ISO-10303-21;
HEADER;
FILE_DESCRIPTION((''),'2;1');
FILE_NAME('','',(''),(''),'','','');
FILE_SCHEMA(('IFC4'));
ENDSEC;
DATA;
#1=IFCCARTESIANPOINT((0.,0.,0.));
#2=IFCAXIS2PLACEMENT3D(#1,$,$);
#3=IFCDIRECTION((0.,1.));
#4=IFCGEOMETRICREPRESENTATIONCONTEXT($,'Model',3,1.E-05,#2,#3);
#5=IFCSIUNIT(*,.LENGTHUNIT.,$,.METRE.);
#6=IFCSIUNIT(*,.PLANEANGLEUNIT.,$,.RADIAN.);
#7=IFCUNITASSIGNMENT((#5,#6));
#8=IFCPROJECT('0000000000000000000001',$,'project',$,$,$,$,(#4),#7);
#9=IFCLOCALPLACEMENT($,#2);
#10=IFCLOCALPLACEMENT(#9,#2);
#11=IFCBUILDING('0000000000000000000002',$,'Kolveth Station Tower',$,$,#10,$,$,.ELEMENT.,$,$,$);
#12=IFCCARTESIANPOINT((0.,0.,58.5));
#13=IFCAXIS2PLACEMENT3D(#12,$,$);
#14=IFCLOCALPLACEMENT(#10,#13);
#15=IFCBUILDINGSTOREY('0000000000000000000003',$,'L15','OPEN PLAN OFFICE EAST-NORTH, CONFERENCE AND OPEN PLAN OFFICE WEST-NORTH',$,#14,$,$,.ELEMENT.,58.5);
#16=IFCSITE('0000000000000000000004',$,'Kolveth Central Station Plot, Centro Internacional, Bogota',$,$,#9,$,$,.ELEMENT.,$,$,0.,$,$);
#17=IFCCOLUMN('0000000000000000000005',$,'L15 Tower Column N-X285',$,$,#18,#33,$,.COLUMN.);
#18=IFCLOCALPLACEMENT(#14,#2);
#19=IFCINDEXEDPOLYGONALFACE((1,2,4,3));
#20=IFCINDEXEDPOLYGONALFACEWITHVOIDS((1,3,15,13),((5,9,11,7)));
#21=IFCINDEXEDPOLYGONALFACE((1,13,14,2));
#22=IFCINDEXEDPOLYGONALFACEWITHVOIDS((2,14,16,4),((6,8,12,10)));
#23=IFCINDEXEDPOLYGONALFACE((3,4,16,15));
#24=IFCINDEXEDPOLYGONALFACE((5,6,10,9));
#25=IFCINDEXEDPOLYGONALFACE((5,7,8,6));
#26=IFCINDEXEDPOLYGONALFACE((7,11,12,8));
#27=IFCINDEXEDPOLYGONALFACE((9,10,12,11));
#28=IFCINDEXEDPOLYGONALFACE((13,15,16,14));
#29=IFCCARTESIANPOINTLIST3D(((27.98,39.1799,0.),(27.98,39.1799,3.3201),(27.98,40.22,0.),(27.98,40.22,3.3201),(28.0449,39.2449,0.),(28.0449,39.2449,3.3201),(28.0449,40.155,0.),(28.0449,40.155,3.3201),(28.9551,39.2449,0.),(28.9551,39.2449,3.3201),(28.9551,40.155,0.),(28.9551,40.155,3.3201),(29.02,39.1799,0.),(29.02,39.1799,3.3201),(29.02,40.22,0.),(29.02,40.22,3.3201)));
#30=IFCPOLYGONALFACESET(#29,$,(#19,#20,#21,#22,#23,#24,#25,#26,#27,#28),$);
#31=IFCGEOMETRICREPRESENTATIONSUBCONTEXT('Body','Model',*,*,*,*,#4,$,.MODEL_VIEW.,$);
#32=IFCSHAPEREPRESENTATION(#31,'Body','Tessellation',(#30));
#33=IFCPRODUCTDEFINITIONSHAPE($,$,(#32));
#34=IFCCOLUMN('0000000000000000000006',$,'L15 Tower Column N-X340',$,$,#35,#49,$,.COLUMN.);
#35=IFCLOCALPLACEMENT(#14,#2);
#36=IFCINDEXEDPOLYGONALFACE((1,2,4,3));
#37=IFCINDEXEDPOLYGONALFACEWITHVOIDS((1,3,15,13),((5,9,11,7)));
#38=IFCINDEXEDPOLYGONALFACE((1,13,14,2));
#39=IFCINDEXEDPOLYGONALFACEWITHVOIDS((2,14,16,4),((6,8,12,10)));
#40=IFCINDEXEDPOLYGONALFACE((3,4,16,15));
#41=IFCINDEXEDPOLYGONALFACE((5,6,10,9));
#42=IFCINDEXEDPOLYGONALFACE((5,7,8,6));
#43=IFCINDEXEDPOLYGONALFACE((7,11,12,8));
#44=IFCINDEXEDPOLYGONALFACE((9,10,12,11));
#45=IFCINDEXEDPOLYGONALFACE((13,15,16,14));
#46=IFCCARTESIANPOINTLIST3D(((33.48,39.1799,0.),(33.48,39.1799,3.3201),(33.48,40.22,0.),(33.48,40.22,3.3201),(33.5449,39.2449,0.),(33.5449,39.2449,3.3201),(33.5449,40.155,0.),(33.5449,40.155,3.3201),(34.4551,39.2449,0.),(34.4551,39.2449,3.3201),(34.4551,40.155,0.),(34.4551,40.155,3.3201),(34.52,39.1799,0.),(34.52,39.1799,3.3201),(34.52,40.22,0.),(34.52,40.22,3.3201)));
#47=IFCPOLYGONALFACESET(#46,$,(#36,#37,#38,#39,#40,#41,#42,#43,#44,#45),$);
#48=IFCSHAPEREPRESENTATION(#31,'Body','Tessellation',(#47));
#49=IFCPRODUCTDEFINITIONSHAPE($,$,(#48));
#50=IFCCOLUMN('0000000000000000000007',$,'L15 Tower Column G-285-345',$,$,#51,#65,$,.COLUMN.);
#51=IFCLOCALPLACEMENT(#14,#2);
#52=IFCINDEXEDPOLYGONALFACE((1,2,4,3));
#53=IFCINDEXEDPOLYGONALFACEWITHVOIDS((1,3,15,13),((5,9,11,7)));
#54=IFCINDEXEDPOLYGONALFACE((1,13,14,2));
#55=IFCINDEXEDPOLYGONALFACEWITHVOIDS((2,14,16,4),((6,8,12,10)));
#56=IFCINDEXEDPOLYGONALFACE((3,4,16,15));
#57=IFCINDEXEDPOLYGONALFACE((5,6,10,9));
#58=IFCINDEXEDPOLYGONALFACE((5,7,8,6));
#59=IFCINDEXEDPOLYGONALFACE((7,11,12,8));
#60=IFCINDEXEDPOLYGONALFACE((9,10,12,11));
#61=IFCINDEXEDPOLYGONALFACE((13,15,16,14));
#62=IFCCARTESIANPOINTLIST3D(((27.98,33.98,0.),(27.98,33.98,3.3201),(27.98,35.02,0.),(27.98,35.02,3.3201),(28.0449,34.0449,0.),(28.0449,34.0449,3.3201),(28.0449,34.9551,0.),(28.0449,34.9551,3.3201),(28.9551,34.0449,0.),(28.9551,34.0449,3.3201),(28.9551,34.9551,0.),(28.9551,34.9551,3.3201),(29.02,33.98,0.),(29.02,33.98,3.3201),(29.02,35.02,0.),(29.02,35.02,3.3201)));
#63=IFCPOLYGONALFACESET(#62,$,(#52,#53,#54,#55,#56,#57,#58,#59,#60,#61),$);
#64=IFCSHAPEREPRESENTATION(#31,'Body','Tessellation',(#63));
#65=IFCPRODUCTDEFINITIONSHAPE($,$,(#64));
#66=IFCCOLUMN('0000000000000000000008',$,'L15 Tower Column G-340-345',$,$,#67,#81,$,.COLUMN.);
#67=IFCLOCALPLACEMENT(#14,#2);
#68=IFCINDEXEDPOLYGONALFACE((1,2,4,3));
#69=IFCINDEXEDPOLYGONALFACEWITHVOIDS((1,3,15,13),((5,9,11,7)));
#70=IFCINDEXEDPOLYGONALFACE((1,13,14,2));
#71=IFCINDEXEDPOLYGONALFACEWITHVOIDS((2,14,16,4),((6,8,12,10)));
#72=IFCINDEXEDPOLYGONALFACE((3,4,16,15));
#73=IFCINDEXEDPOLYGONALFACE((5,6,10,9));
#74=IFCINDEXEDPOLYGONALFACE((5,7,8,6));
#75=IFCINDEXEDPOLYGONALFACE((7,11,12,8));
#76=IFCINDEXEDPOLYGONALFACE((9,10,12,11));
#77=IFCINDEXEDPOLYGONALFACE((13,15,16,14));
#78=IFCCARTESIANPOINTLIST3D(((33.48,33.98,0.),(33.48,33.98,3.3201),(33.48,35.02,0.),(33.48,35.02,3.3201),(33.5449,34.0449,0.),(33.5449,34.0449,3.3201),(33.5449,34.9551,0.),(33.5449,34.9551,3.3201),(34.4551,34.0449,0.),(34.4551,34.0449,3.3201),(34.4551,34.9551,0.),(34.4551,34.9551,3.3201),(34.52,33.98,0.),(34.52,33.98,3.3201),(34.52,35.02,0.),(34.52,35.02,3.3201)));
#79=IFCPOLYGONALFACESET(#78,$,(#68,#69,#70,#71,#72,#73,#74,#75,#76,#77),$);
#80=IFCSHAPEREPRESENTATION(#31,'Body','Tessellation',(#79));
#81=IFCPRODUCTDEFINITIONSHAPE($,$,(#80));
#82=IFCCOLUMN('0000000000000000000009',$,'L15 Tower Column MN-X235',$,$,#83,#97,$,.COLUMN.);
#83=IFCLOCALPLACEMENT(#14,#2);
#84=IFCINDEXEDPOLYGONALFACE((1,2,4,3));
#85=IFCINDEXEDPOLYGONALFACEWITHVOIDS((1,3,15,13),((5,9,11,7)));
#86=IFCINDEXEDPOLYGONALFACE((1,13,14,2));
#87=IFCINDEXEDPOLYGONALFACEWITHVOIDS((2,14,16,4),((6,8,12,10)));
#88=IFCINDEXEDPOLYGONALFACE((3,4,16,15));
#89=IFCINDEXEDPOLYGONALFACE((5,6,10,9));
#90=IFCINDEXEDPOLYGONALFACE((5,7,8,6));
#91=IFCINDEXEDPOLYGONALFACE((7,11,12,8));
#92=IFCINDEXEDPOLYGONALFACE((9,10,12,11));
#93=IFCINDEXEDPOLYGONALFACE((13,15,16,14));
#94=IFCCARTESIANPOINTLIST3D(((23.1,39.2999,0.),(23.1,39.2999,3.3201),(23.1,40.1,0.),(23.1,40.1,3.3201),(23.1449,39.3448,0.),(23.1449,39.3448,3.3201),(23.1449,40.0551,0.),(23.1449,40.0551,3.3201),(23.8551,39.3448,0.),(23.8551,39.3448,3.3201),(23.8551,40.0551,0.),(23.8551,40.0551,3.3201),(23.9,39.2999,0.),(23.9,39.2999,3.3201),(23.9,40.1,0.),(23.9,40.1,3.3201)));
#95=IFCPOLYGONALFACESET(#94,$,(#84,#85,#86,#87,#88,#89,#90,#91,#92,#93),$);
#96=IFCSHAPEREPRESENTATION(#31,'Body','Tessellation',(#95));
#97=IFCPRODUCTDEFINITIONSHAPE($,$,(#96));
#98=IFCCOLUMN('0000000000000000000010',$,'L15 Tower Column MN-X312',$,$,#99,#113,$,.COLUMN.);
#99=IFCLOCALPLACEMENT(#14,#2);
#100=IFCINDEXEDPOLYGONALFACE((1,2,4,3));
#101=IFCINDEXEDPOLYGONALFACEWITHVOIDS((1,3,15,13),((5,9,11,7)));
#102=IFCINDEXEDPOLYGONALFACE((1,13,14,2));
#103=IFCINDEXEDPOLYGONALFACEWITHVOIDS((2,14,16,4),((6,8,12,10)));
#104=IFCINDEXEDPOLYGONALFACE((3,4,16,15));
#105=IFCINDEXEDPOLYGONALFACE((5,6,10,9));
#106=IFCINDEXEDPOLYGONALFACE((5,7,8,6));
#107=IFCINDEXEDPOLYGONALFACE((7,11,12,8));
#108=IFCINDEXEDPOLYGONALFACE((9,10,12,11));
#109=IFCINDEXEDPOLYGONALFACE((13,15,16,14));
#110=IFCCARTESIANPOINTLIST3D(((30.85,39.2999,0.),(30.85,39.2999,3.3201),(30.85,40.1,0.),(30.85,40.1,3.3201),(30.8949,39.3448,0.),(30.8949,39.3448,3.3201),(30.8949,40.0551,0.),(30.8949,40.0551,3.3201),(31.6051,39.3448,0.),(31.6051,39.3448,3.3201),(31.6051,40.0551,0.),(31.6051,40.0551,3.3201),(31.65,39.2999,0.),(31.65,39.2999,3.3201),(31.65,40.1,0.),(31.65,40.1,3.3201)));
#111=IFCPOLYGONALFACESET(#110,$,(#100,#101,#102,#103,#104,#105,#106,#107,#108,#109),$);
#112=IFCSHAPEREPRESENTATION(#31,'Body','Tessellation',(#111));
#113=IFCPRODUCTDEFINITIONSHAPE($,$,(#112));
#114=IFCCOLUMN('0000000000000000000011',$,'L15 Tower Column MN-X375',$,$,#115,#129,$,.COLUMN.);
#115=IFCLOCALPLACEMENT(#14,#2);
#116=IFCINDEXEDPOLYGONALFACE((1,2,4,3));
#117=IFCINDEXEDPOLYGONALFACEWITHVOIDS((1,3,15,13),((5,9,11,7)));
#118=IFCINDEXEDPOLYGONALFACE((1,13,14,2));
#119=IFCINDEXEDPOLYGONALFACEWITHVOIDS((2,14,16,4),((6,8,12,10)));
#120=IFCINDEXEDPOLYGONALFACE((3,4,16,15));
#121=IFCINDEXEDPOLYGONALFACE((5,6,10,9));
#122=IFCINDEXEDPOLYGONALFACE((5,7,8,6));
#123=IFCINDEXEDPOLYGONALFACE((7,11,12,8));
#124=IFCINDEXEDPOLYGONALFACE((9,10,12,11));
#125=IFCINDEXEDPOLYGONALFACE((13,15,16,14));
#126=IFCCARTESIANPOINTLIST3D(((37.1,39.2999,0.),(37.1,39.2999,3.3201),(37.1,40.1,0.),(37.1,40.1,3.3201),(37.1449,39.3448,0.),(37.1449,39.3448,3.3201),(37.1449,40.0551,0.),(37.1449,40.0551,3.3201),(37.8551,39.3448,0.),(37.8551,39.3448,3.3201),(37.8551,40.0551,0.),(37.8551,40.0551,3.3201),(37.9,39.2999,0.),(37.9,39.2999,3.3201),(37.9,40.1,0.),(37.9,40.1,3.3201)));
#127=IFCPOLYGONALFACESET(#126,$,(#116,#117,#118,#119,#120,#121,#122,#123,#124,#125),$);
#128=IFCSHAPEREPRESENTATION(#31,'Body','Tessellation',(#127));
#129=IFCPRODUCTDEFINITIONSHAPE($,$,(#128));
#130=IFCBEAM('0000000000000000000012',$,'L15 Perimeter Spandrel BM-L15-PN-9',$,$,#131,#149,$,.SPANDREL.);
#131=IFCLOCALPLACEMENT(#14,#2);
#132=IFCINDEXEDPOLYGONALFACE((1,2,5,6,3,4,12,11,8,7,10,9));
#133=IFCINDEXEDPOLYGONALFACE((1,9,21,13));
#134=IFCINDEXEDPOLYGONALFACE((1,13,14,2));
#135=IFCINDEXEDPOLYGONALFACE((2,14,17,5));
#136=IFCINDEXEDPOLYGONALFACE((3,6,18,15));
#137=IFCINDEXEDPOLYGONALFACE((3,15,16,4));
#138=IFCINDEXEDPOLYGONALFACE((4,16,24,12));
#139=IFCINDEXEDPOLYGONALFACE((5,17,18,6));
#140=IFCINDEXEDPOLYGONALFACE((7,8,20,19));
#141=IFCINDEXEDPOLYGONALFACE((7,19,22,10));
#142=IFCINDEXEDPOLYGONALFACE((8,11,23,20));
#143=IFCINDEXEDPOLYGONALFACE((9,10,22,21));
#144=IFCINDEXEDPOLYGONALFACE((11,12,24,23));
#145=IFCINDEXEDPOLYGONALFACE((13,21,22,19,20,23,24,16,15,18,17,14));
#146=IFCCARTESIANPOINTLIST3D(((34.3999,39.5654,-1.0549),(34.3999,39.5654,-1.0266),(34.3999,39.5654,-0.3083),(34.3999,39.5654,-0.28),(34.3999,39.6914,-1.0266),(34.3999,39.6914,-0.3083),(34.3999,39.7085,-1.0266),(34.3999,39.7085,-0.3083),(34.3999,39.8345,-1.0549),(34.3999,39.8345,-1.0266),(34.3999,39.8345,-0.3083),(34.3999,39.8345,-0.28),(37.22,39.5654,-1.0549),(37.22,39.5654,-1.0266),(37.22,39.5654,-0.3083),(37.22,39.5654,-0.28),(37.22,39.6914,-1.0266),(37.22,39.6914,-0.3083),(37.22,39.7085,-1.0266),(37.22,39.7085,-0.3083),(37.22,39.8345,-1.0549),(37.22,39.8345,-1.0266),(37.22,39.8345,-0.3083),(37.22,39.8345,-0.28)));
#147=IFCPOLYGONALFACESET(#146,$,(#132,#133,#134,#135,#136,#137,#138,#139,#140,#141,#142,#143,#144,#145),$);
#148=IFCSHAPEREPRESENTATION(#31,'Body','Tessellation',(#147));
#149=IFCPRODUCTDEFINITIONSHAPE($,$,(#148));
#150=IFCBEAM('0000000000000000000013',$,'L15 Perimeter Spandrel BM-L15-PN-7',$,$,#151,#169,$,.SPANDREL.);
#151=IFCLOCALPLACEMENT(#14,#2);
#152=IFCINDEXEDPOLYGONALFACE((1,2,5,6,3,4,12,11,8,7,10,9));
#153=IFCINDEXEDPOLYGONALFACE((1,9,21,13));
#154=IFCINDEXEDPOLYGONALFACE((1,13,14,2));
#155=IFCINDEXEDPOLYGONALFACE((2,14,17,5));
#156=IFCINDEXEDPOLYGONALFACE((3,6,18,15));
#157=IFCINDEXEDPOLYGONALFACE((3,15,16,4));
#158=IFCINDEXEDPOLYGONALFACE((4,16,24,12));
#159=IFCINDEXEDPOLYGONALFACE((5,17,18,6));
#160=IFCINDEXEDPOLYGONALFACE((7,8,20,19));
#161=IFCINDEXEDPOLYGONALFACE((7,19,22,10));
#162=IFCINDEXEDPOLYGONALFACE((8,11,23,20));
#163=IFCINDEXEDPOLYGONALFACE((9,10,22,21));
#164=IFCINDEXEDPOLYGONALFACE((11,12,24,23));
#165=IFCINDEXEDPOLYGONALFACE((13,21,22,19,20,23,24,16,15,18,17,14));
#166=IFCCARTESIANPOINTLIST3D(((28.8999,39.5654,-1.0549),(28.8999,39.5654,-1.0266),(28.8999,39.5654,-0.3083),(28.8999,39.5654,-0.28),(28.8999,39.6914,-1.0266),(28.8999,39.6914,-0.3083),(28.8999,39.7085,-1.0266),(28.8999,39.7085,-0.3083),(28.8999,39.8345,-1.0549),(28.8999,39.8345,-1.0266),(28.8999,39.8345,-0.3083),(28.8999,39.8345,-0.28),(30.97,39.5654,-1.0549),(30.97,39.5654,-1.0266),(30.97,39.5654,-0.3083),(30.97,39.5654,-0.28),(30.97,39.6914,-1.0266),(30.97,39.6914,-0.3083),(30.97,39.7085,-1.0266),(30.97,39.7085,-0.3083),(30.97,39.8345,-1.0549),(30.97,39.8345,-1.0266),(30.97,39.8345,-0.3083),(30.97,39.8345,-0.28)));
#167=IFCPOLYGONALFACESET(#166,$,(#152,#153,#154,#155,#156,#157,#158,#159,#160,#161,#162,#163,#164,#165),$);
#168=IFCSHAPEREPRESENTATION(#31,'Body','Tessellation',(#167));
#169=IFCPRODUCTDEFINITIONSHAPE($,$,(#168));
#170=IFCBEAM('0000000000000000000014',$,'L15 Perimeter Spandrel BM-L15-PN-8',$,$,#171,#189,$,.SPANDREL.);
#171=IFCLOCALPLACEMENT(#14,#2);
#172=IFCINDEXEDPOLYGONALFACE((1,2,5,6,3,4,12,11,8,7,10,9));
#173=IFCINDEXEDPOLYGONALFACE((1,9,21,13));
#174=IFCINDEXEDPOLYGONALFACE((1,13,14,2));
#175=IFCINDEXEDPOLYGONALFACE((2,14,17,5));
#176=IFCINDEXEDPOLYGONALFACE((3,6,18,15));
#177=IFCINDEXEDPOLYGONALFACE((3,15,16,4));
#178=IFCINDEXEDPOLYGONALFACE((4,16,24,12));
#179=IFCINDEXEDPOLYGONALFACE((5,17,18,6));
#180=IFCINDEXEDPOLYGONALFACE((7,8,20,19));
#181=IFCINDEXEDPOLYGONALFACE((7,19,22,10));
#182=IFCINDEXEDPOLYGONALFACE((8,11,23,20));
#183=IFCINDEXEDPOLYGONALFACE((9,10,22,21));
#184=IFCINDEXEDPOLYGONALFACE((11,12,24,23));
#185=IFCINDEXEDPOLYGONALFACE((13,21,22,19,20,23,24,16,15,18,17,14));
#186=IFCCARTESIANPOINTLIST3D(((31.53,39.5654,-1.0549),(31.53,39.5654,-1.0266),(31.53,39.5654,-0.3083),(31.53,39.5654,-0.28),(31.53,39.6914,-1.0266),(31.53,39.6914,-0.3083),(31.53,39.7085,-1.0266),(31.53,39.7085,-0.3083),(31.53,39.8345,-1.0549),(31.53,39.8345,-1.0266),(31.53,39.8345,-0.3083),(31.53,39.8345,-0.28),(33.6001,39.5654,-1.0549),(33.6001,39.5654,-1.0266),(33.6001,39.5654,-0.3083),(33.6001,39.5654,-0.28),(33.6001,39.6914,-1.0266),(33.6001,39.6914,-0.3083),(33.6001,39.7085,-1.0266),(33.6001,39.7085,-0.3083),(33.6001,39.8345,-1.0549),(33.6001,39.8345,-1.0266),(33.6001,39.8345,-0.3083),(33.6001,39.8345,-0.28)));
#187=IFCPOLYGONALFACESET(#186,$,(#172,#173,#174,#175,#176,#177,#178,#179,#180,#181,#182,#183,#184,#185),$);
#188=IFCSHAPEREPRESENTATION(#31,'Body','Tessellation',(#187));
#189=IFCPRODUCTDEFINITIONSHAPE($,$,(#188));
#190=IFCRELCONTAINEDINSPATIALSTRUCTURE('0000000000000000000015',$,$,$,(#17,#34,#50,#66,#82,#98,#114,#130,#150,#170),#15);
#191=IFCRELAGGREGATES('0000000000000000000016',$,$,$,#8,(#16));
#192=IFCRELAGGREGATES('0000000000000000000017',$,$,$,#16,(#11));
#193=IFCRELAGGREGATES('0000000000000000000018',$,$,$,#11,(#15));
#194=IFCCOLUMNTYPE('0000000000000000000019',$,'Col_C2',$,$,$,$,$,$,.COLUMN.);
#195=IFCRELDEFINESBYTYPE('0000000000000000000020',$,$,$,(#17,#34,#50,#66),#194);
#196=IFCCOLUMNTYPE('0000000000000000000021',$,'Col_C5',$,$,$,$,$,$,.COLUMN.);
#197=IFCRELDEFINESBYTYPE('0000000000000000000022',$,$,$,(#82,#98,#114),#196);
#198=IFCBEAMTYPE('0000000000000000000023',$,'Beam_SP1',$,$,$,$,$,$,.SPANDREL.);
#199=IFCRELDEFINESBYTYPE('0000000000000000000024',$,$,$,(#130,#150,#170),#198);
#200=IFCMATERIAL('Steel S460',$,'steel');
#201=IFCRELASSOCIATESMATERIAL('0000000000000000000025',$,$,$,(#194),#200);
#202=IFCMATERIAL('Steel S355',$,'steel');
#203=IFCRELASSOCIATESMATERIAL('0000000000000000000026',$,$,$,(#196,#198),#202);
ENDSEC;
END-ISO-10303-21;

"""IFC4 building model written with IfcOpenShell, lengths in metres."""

from ifc_helpers import new_model, si_unit, direction, frame, origin, origin_2d, place, context, subcontext, project, spatial, hollow_rectangle, i_section, extrude, source, transform, mapped, material, material_profile, profile_set, type_object, element, save


model = new_model("IFC4")

# Units and contexts
model_context = context("Model", 3, precision=1e-05, world=origin(), true_north=direction((0.0, 1.0)))
body_context = subcontext(model_context, "Body", "Model", "MODEL_VIEW")
ifc_project = project(units=[si_unit("LENGTHUNIT", "METRE"), si_unit("PLANEANGLEUNIT", "RADIAN")], contexts=[model_context])

# Site, building, storey
site_placement = place(None, origin())
site = spatial("IfcSite", under=ifc_project, at=site_placement, Name="Kolveth Central Station Plot, Centro Internacional, Bogota", CompositionType="ELEMENT", RefElevation=0.0)
building_placement = place(site_placement, origin())
building = spatial("IfcBuilding", under=site, at=building_placement, Name="Kolveth Station Tower", CompositionType="ELEMENT")
storey_placement = place(building_placement, frame((0.0, 0.0, 58.5)))
storey = spatial("IfcBuildingStorey", under=building, at=storey_placement, Name="L15", Description="OPEN PLAN OFFICE EAST-NORTH, CONFERENCE AND OPEN PLAN OFFICE WEST-NORTH", CompositionType="ELEMENT", Elevation=58.5)

# Columns
ifc_material_1 = material(Name="Steel S460", Category="steel")
ifc_material_profile_1 = material_profile(ifc_material_1, hollow_rectangle(XDim=1.04, YDim=1.04, WallThickness=0.0649, at=origin_2d()), Name="BOX1040x1040x65")
ifc_profile_set_1 = profile_set([ifc_material_profile_1], Name="Steel S460")
column_type_1 = type_object("IfcColumnType", Name="Col_C2", PredefinedType="COLUMN", material=ifc_profile_set_1)
shared_shape_1 = source(origin(), body_context, "Body", "SweptSolid", [
    extrude(hollow_rectangle(XDim=1.04, YDim=1.04, WallThickness=0.0649, at=origin_2d()), origin(), (0.0, 0.0, 1.0), 3.3201),
])
for number, where, z_axis, x_axis, name in (
    (1, (28.5, 39.7, 0.0), (0.0, 0.0, 1.0), (1.0, 0.0, 0.0), "L15 Tower Column N-X285"),
    (2, (34.0, 39.7, 0.0), (0.0, 0.0, 1.0), (1.0, 0.0, 0.0), "L15 Tower Column N-X340"),
    (3, (28.5, 34.5, 0.0), (0.0, 0.0, 1.0), (1.0, 0.0, 0.0), "L15 Tower Column G-285-345"),
    (4, (34.0, 34.5, 0.0), (0.0, 0.0, 1.0), (1.0, 0.0, 0.0), "L15 Tower Column G-340-345"),
):
    element("IfcColumn", number, at=place(storey_placement, frame(where, z_axis=z_axis, x_axis=x_axis)), inside=storey, type_object=column_type_1, Name=name, PredefinedType="COLUMN", context=body_context, shape_type="MappedRepresentation", body=[
        mapped(shared_shape_1, transform((0.0, 0.0, 0.0), x_axis=(1.0, 0.0, 0.0), y_axis=(0.0, 1.0, 0.0), z_axis=(0.0, 0.0, 1.0), scale=1.0)),
    ])
ifc_material_2 = material(Name="Steel S355", Category="steel")
ifc_material_profile_2 = material_profile(ifc_material_2, hollow_rectangle(XDim=0.8, YDim=0.8, WallThickness=0.0449, at=origin_2d()), Name="BOX800x800x45")
ifc_profile_set_2 = profile_set([ifc_material_profile_2], Name="Steel S355")
column_type_2 = type_object("IfcColumnType", Name="Col_C5", PredefinedType="COLUMN", material=ifc_profile_set_2)
shared_shape_2 = source(origin(), body_context, "Body", "SweptSolid", [
    extrude(hollow_rectangle(XDim=0.8, YDim=0.8, WallThickness=0.0449, at=origin_2d()), origin(), (0.0, 0.0, 1.0), 3.3201),
])
for number, where, z_axis, x_axis, name in (
    (5, (23.5, 39.7, 0.0), (0.0, 0.0, 1.0), (1.0, 0.0, 0.0), "L15 Tower Column MN-X235"),
    (6, (31.25, 39.7, 0.0), (0.0, 0.0, 1.0), (1.0, 0.0, 0.0), "L15 Tower Column MN-X312"),
    (7, (37.5, 39.7, 0.0), (0.0, 0.0, 1.0), (1.0, 0.0, 0.0), "L15 Tower Column MN-X375"),
):
    element("IfcColumn", number, at=place(storey_placement, frame(where, z_axis=z_axis, x_axis=x_axis)), inside=storey, type_object=column_type_2, Name=name, PredefinedType="COLUMN", context=body_context, shape_type="MappedRepresentation", body=[
        mapped(shared_shape_2, transform((0.0, 0.0, 0.0), x_axis=(1.0, 0.0, 0.0), y_axis=(0.0, 1.0, 0.0), z_axis=(0.0, 0.0, 1.0), scale=1.0)),
    ])

# Beams
ifc_material_profile_3 = material_profile(ifc_material_2, i_section(OverallWidth=0.269, OverallDepth=0.7749, WebThickness=0.0171, FlangeThickness=0.0283, at=origin_2d()), Name="W760x220")
ifc_profile_set_3 = profile_set([ifc_material_profile_3], Name="Steel S355")
beam_type_1 = type_object("IfcBeamType", Name="Beam_SP1", PredefinedType="SPANDREL", material=ifc_profile_set_3)
shared_shape_3 = source(origin(), body_context, "Body", "SweptSolid", [
    extrude(i_section(OverallWidth=0.269, OverallDepth=0.7749, WebThickness=0.0171, FlangeThickness=0.0283, at=origin_2d()), origin(), (0.0, 0.0, 1.0), 2.8201),
])
beam_1_placement = place(storey_placement, frame((34.3999, 39.7, -0.6675), z_axis=(1.0, 0.0, 0.0), x_axis=(0.0, 1.0, 0.0)))
element("IfcBeam", 8, at=beam_1_placement, inside=storey, type_object=beam_type_1, Name="L15 Perimeter Spandrel BM-L15-PN-9", PredefinedType="SPANDREL", context=body_context, shape_type="MappedRepresentation", body=[
    mapped(shared_shape_3, transform((0.0, 0.0, 0.0), x_axis=(1.0, 0.0, 0.0), y_axis=(0.0, 1.0, 0.0), z_axis=(0.0, 0.0, 1.0), scale=1.0)),
])
shared_shape_4 = source(origin(), body_context, "Body", "SweptSolid", [
    extrude(i_section(OverallWidth=0.269, OverallDepth=0.7749, WebThickness=0.0171, FlangeThickness=0.0283, at=origin_2d()), origin(), (0.0, 0.0, 1.0), 2.0701),
])
for number, where, z_axis, x_axis, name in (
    (9, (28.8999, 39.7, -0.6675), (1.0, 0.0, 0.0), (0.0, 1.0, 0.0), "L15 Perimeter Spandrel BM-L15-PN-7"),
    (10, (31.53, 39.7, -0.6675), (1.0, 0.0, 0.0), (0.0, 1.0, 0.0), "L15 Perimeter Spandrel BM-L15-PN-8"),
):
    element("IfcBeam", number, at=place(storey_placement, frame(where, z_axis=z_axis, x_axis=x_axis)), inside=storey, type_object=beam_type_1, Name=name, PredefinedType="SPANDREL", context=body_context, shape_type="MappedRepresentation", body=[
        mapped(shared_shape_4, transform((0.0, 0.0, 0.0), x_axis=(1.0, 0.0, 0.0), y_axis=(0.0, 1.0, 0.0), z_axis=(0.0, 0.0, 1.0), scale=1.0)),
    ])

save(model, "model.ifc")
